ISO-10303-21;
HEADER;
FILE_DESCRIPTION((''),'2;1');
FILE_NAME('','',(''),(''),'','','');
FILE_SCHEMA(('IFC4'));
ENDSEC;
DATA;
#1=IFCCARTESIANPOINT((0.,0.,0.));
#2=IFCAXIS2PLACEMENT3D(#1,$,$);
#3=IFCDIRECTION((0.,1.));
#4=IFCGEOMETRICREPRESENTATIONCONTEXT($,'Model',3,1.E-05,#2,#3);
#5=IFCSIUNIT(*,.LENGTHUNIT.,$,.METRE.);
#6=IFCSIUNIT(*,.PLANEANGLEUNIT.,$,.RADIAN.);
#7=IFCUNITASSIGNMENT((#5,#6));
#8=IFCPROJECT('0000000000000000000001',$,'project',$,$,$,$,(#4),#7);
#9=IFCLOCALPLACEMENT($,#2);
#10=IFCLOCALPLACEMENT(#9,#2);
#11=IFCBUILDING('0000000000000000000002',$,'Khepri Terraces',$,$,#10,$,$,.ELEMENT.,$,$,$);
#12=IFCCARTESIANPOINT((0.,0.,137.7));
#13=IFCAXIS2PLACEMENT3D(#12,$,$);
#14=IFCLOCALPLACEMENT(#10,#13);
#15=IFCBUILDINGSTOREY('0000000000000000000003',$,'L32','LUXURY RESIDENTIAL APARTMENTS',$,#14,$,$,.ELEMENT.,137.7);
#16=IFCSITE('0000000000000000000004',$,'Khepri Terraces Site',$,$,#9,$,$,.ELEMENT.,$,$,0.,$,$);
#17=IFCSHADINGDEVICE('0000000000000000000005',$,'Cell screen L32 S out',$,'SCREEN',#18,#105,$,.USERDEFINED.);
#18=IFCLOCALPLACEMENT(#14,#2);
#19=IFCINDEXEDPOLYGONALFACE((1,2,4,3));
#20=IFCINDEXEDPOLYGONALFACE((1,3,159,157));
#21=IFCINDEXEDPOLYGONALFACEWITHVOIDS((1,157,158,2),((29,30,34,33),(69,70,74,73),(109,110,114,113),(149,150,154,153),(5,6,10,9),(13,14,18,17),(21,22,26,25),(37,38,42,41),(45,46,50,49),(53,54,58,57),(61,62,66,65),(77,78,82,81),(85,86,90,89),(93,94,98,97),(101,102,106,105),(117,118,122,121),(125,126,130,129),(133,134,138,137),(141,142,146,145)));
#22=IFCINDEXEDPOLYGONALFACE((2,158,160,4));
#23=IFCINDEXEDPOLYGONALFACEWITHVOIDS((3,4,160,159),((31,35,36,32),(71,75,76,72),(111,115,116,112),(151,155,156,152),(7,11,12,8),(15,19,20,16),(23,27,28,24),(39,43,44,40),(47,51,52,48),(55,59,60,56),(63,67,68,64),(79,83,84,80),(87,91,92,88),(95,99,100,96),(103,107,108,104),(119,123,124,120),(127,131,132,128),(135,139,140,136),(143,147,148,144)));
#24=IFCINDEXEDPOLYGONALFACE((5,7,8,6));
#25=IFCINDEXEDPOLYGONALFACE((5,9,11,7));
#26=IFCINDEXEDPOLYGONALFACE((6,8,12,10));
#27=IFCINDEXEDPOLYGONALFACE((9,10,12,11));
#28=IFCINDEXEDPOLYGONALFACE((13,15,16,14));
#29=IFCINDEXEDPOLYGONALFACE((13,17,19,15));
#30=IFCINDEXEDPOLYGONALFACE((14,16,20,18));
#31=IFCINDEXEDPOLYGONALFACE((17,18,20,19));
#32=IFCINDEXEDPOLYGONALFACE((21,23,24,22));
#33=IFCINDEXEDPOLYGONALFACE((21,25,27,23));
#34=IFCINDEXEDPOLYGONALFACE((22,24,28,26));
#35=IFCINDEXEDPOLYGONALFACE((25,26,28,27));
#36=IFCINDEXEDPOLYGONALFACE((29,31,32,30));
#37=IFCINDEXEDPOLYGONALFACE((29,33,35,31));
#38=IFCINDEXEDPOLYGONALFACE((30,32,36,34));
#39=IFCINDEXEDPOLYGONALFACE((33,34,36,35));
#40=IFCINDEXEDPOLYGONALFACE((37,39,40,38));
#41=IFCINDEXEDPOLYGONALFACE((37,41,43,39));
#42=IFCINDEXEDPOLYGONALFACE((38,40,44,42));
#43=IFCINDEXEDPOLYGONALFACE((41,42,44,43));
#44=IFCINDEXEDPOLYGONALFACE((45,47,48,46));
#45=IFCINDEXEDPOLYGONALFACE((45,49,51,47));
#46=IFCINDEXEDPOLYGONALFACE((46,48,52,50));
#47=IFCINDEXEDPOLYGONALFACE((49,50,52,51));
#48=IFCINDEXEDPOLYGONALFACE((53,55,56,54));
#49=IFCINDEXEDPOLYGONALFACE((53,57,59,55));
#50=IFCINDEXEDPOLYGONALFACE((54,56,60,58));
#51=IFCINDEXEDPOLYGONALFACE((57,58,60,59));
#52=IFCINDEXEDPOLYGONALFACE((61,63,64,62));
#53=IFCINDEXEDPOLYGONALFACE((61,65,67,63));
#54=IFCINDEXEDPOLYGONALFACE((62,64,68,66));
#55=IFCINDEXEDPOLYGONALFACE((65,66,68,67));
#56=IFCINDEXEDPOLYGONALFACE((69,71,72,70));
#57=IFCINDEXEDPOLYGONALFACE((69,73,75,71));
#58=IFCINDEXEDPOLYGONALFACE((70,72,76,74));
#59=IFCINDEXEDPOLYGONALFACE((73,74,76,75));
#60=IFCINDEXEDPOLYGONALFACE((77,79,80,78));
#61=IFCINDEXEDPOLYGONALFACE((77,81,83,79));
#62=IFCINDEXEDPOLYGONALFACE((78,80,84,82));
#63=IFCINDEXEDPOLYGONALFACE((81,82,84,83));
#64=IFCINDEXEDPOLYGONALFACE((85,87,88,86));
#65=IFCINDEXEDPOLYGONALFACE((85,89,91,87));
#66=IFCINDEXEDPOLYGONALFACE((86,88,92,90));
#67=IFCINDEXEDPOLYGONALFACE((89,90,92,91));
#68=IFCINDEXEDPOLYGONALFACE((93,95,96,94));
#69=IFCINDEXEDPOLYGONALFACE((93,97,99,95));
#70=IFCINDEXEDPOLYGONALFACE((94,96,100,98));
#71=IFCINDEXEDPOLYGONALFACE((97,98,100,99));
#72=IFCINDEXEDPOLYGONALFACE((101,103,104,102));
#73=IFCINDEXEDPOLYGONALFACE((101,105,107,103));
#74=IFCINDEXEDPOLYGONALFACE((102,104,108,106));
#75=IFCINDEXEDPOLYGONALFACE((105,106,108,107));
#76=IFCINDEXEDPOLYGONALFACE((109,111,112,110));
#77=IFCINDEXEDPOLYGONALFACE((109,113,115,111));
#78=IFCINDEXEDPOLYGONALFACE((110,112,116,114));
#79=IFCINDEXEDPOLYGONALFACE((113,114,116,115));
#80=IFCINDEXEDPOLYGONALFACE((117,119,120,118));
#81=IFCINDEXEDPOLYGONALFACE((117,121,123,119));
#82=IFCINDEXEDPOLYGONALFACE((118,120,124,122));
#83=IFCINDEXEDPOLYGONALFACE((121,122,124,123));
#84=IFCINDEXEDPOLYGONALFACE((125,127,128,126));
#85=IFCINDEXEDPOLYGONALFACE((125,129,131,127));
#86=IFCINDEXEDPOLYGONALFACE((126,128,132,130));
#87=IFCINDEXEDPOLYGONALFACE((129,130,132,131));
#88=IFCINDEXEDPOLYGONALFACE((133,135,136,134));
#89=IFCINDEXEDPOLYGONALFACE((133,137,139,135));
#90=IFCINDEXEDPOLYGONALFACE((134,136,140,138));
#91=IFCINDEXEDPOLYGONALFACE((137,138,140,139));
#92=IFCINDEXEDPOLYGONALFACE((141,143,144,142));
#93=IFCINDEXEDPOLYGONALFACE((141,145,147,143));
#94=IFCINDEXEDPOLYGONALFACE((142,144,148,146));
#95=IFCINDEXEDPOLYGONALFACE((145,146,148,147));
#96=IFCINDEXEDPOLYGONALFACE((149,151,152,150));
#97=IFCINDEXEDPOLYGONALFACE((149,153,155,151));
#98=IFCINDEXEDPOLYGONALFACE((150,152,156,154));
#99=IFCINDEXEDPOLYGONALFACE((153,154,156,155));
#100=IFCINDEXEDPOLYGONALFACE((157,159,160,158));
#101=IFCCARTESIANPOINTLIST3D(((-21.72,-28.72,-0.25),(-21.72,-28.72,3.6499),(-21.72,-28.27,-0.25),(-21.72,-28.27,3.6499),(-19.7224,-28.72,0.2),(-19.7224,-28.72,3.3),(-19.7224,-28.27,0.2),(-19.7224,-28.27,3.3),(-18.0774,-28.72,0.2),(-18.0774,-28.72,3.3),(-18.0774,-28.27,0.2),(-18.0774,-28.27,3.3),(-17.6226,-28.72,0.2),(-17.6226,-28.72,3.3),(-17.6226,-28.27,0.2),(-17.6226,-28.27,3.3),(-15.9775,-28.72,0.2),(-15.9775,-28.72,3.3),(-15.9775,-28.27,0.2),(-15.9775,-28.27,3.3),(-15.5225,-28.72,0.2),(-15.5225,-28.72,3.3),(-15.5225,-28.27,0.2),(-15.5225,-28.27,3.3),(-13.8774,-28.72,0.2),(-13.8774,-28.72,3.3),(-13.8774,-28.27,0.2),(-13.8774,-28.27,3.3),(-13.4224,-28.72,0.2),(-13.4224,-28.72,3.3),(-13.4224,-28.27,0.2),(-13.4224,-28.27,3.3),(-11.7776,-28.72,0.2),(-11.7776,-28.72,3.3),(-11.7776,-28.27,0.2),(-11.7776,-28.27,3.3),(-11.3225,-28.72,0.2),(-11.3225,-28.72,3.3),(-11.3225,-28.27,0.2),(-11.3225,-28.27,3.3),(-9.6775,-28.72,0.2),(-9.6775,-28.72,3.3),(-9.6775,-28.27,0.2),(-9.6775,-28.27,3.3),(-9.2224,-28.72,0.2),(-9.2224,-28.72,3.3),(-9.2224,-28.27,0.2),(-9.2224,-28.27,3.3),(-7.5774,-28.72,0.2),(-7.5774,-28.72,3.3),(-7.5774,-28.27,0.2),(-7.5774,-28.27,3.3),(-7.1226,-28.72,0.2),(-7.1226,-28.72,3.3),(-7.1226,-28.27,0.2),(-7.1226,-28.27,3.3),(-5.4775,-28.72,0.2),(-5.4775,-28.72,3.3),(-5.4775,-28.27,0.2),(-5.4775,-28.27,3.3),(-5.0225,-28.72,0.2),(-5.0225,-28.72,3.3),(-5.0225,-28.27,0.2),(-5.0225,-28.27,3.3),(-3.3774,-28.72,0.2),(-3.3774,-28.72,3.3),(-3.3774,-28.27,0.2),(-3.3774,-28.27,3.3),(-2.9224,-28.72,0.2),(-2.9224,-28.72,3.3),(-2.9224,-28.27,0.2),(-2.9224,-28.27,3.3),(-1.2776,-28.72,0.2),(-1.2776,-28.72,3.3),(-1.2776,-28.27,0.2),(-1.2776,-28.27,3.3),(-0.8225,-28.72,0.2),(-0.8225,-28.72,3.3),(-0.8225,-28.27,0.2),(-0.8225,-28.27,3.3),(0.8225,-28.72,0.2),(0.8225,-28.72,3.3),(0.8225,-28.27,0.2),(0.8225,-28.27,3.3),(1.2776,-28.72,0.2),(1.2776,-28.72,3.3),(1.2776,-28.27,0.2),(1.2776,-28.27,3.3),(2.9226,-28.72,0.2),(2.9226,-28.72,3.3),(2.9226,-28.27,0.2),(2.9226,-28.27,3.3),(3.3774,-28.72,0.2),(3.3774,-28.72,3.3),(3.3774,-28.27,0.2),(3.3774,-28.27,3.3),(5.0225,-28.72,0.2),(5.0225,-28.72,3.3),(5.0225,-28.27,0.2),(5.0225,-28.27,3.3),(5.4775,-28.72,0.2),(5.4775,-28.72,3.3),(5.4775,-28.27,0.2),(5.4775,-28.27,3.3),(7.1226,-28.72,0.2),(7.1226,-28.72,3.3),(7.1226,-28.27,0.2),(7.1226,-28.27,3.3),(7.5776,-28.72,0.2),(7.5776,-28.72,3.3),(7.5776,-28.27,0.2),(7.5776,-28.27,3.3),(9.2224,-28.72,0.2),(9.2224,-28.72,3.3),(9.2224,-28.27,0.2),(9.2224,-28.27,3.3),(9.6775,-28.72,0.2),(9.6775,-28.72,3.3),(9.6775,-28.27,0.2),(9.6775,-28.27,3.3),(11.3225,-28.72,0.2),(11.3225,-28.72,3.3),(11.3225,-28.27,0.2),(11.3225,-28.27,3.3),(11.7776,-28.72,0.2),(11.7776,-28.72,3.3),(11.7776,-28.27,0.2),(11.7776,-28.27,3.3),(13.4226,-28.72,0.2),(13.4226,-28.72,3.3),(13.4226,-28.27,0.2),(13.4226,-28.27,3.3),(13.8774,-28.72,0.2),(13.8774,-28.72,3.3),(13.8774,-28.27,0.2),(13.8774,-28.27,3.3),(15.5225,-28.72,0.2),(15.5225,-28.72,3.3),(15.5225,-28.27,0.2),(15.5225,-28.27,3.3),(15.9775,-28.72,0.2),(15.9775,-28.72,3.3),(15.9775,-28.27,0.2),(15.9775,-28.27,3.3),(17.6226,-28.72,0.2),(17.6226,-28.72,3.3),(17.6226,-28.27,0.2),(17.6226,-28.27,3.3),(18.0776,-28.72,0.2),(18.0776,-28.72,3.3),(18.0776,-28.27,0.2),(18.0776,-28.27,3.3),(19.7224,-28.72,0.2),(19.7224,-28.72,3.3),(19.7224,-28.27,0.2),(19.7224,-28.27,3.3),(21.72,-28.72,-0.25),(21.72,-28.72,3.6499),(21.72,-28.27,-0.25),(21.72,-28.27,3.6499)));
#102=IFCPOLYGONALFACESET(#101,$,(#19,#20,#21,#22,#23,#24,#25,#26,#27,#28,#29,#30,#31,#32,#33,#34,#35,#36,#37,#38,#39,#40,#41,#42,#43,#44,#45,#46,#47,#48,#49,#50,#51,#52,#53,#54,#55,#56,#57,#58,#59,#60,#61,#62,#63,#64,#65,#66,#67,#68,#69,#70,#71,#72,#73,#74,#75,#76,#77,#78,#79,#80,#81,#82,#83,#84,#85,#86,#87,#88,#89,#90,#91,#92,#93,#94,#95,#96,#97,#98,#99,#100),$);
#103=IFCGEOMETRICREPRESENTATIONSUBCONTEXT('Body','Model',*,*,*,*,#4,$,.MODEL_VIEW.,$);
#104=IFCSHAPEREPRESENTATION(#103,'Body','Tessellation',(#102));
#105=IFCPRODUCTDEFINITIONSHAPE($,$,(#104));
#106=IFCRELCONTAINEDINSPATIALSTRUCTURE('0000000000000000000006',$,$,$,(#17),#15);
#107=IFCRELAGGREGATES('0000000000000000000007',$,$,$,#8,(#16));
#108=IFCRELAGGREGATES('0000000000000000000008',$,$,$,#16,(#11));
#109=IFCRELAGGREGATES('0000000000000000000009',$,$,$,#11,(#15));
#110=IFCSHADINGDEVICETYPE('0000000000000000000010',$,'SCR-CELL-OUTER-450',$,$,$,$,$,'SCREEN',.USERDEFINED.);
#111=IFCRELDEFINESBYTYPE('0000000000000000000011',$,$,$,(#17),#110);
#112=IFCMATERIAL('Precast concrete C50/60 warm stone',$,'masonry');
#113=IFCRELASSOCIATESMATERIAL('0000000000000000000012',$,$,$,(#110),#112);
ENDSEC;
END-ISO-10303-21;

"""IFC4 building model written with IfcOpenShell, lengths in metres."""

from ifc_helpers import new_model, si_unit, direction, frame, origin, place, context, subcontext, project, spatial, polyline, outline, extrude, material, type_object, element, save


model = new_model("IFC4")

# Units and contexts
model_context = context("Model", 3, precision=1e-05, world=origin(), true_north=direction((0.0, 1.0)))
body_context = subcontext(model_context, "Body", "Model", "MODEL_VIEW")
ifc_project = project(units=[si_unit("LENGTHUNIT", "METRE"), si_unit("PLANEANGLEUNIT", "RADIAN")], contexts=[model_context])

# Site, building, storey
site_placement = place(None, origin())
site = spatial("IfcSite", under=ifc_project, at=site_placement, Name="Khepri Terraces Site", CompositionType="ELEMENT", RefElevation=0.0)
building_placement = place(site_placement, origin())
building = spatial("IfcBuilding", under=site, at=building_placement, Name="Khepri Terraces", CompositionType="ELEMENT")
storey_placement = place(building_placement, frame((0.0, 0.0, 137.7)))
storey = spatial("IfcBuildingStorey", under=building, at=storey_placement, Name="L32", Description="LUXURY RESIDENTIAL APARTMENTS", CompositionType="ELEMENT", Elevation=137.7)

# Shared definitions
ifc_material_1 = material(Name="Precast concrete C50/60 warm stone", Category="masonry")

# Shading device
shading_device_type_1 = type_object("IfcShadingDeviceType", Name="SCR-CELL-OUTER-450", ElementType="SCREEN", PredefinedType="USERDEFINED", material=ifc_material_1)
shading_device_1_placement = place(storey_placement, frame((-21.72, -28.27, -0.25), z_axis=(0.0, -1.0, 0.0), x_axis=(1.0, 0.0, 0.0)))
element("IfcShadingDevice", 1, at=shading_device_1_placement, inside=storey, type_object=shading_device_type_1, Name="Cell screen L32 S out", ObjectType="SCREEN", PredefinedType="USERDEFINED", context=body_context, shape_type="SweptSolid", body=[
    extrude(outline(polyline([(0.0, 0.0), (43.4399, 0.0), (43.4399, 3.8999), (0.0, 3.8999), (0.0, 0.0)]), holes=[polyline([(1.9976, 0.45), (3.6426, 0.45), (3.6426, 3.55), (1.9976, 3.55), (1.9976, 0.45)]), polyline([(4.0974, 0.45), (5.7424, 0.45), (5.7424, 3.55), (4.0974, 3.55), (4.0974, 0.45)]), polyline([(6.1975, 0.45), (7.8425, 0.45), (7.8425, 3.55), (6.1975, 3.55), (6.1975, 0.45)]), polyline([(8.2976, 0.45), (9.9424, 0.45), (9.9424, 3.55), (8.2976, 3.55), (8.2976, 0.45)]), polyline([(10.3975, 0.45), (12.0425, 0.45), (12.0425, 3.55), (10.3975, 3.55), (10.3975, 0.45)]), polyline([(12.4976, 0.45), (14.1426, 0.45), (14.1426, 3.55), (12.4976, 3.55), (12.4976, 0.45)]), polyline([(14.5974, 0.45), (16.2424, 0.45), (16.2424, 3.55), (14.5974, 3.55), (14.5974, 0.45)]), polyline([(16.6975, 0.45), (18.3425, 0.45), (18.3425, 3.55), (16.6975, 3.55), (16.6975, 0.45)]), polyline([(18.7976, 0.45), (20.4424, 0.45), (20.4424, 3.55), (18.7976, 3.55), (18.7976, 0.45)]), polyline([(20.8975, 0.45), (22.5425, 0.45), (22.5425, 3.55), (20.8975, 3.55), (20.8975, 0.45)]), polyline([(22.9976, 0.45), (24.6426, 0.45), (24.6426, 3.55), (22.9976, 3.55), (22.9976, 0.45)]), polyline([(25.0974, 0.45), (26.7424, 0.45), (26.7424, 3.55), (25.0974, 3.55), (25.0974, 0.45)]), polyline([(27.1975, 0.45), (28.8425, 0.45), (28.8425, 3.55), (27.1975, 3.55), (27.1975, 0.45)]), polyline([(29.2976, 0.45), (30.9424, 0.45), (30.9424, 3.55), (29.2976, 3.55), (29.2976, 0.45)]), polyline([(31.3975, 0.45), (33.0425, 0.45), (33.0425, 3.55), (31.3975, 3.55), (31.3975, 0.45)]), polyline([(33.4976, 0.45), (35.1426, 0.45), (35.1426, 3.55), (33.4976, 3.55), (33.4976, 0.45)]), polyline([(35.5974, 0.45), (37.2424, 0.45), (37.2424, 3.55), (35.5974, 3.55), (35.5974, 0.45)]), polyline([(37.6975, 0.45), (39.3425, 0.45), (39.3425, 3.55), (37.6975, 3.55), (37.6975, 0.45)]), polyline([(39.7976, 0.45), (41.4424, 0.45), (41.4424, 3.55), (39.7976, 3.55), (39.7976, 0.45)])]), origin(), (0.0, 0.0, 1.0), 0.45),
])

save(model, "model.ifc")
